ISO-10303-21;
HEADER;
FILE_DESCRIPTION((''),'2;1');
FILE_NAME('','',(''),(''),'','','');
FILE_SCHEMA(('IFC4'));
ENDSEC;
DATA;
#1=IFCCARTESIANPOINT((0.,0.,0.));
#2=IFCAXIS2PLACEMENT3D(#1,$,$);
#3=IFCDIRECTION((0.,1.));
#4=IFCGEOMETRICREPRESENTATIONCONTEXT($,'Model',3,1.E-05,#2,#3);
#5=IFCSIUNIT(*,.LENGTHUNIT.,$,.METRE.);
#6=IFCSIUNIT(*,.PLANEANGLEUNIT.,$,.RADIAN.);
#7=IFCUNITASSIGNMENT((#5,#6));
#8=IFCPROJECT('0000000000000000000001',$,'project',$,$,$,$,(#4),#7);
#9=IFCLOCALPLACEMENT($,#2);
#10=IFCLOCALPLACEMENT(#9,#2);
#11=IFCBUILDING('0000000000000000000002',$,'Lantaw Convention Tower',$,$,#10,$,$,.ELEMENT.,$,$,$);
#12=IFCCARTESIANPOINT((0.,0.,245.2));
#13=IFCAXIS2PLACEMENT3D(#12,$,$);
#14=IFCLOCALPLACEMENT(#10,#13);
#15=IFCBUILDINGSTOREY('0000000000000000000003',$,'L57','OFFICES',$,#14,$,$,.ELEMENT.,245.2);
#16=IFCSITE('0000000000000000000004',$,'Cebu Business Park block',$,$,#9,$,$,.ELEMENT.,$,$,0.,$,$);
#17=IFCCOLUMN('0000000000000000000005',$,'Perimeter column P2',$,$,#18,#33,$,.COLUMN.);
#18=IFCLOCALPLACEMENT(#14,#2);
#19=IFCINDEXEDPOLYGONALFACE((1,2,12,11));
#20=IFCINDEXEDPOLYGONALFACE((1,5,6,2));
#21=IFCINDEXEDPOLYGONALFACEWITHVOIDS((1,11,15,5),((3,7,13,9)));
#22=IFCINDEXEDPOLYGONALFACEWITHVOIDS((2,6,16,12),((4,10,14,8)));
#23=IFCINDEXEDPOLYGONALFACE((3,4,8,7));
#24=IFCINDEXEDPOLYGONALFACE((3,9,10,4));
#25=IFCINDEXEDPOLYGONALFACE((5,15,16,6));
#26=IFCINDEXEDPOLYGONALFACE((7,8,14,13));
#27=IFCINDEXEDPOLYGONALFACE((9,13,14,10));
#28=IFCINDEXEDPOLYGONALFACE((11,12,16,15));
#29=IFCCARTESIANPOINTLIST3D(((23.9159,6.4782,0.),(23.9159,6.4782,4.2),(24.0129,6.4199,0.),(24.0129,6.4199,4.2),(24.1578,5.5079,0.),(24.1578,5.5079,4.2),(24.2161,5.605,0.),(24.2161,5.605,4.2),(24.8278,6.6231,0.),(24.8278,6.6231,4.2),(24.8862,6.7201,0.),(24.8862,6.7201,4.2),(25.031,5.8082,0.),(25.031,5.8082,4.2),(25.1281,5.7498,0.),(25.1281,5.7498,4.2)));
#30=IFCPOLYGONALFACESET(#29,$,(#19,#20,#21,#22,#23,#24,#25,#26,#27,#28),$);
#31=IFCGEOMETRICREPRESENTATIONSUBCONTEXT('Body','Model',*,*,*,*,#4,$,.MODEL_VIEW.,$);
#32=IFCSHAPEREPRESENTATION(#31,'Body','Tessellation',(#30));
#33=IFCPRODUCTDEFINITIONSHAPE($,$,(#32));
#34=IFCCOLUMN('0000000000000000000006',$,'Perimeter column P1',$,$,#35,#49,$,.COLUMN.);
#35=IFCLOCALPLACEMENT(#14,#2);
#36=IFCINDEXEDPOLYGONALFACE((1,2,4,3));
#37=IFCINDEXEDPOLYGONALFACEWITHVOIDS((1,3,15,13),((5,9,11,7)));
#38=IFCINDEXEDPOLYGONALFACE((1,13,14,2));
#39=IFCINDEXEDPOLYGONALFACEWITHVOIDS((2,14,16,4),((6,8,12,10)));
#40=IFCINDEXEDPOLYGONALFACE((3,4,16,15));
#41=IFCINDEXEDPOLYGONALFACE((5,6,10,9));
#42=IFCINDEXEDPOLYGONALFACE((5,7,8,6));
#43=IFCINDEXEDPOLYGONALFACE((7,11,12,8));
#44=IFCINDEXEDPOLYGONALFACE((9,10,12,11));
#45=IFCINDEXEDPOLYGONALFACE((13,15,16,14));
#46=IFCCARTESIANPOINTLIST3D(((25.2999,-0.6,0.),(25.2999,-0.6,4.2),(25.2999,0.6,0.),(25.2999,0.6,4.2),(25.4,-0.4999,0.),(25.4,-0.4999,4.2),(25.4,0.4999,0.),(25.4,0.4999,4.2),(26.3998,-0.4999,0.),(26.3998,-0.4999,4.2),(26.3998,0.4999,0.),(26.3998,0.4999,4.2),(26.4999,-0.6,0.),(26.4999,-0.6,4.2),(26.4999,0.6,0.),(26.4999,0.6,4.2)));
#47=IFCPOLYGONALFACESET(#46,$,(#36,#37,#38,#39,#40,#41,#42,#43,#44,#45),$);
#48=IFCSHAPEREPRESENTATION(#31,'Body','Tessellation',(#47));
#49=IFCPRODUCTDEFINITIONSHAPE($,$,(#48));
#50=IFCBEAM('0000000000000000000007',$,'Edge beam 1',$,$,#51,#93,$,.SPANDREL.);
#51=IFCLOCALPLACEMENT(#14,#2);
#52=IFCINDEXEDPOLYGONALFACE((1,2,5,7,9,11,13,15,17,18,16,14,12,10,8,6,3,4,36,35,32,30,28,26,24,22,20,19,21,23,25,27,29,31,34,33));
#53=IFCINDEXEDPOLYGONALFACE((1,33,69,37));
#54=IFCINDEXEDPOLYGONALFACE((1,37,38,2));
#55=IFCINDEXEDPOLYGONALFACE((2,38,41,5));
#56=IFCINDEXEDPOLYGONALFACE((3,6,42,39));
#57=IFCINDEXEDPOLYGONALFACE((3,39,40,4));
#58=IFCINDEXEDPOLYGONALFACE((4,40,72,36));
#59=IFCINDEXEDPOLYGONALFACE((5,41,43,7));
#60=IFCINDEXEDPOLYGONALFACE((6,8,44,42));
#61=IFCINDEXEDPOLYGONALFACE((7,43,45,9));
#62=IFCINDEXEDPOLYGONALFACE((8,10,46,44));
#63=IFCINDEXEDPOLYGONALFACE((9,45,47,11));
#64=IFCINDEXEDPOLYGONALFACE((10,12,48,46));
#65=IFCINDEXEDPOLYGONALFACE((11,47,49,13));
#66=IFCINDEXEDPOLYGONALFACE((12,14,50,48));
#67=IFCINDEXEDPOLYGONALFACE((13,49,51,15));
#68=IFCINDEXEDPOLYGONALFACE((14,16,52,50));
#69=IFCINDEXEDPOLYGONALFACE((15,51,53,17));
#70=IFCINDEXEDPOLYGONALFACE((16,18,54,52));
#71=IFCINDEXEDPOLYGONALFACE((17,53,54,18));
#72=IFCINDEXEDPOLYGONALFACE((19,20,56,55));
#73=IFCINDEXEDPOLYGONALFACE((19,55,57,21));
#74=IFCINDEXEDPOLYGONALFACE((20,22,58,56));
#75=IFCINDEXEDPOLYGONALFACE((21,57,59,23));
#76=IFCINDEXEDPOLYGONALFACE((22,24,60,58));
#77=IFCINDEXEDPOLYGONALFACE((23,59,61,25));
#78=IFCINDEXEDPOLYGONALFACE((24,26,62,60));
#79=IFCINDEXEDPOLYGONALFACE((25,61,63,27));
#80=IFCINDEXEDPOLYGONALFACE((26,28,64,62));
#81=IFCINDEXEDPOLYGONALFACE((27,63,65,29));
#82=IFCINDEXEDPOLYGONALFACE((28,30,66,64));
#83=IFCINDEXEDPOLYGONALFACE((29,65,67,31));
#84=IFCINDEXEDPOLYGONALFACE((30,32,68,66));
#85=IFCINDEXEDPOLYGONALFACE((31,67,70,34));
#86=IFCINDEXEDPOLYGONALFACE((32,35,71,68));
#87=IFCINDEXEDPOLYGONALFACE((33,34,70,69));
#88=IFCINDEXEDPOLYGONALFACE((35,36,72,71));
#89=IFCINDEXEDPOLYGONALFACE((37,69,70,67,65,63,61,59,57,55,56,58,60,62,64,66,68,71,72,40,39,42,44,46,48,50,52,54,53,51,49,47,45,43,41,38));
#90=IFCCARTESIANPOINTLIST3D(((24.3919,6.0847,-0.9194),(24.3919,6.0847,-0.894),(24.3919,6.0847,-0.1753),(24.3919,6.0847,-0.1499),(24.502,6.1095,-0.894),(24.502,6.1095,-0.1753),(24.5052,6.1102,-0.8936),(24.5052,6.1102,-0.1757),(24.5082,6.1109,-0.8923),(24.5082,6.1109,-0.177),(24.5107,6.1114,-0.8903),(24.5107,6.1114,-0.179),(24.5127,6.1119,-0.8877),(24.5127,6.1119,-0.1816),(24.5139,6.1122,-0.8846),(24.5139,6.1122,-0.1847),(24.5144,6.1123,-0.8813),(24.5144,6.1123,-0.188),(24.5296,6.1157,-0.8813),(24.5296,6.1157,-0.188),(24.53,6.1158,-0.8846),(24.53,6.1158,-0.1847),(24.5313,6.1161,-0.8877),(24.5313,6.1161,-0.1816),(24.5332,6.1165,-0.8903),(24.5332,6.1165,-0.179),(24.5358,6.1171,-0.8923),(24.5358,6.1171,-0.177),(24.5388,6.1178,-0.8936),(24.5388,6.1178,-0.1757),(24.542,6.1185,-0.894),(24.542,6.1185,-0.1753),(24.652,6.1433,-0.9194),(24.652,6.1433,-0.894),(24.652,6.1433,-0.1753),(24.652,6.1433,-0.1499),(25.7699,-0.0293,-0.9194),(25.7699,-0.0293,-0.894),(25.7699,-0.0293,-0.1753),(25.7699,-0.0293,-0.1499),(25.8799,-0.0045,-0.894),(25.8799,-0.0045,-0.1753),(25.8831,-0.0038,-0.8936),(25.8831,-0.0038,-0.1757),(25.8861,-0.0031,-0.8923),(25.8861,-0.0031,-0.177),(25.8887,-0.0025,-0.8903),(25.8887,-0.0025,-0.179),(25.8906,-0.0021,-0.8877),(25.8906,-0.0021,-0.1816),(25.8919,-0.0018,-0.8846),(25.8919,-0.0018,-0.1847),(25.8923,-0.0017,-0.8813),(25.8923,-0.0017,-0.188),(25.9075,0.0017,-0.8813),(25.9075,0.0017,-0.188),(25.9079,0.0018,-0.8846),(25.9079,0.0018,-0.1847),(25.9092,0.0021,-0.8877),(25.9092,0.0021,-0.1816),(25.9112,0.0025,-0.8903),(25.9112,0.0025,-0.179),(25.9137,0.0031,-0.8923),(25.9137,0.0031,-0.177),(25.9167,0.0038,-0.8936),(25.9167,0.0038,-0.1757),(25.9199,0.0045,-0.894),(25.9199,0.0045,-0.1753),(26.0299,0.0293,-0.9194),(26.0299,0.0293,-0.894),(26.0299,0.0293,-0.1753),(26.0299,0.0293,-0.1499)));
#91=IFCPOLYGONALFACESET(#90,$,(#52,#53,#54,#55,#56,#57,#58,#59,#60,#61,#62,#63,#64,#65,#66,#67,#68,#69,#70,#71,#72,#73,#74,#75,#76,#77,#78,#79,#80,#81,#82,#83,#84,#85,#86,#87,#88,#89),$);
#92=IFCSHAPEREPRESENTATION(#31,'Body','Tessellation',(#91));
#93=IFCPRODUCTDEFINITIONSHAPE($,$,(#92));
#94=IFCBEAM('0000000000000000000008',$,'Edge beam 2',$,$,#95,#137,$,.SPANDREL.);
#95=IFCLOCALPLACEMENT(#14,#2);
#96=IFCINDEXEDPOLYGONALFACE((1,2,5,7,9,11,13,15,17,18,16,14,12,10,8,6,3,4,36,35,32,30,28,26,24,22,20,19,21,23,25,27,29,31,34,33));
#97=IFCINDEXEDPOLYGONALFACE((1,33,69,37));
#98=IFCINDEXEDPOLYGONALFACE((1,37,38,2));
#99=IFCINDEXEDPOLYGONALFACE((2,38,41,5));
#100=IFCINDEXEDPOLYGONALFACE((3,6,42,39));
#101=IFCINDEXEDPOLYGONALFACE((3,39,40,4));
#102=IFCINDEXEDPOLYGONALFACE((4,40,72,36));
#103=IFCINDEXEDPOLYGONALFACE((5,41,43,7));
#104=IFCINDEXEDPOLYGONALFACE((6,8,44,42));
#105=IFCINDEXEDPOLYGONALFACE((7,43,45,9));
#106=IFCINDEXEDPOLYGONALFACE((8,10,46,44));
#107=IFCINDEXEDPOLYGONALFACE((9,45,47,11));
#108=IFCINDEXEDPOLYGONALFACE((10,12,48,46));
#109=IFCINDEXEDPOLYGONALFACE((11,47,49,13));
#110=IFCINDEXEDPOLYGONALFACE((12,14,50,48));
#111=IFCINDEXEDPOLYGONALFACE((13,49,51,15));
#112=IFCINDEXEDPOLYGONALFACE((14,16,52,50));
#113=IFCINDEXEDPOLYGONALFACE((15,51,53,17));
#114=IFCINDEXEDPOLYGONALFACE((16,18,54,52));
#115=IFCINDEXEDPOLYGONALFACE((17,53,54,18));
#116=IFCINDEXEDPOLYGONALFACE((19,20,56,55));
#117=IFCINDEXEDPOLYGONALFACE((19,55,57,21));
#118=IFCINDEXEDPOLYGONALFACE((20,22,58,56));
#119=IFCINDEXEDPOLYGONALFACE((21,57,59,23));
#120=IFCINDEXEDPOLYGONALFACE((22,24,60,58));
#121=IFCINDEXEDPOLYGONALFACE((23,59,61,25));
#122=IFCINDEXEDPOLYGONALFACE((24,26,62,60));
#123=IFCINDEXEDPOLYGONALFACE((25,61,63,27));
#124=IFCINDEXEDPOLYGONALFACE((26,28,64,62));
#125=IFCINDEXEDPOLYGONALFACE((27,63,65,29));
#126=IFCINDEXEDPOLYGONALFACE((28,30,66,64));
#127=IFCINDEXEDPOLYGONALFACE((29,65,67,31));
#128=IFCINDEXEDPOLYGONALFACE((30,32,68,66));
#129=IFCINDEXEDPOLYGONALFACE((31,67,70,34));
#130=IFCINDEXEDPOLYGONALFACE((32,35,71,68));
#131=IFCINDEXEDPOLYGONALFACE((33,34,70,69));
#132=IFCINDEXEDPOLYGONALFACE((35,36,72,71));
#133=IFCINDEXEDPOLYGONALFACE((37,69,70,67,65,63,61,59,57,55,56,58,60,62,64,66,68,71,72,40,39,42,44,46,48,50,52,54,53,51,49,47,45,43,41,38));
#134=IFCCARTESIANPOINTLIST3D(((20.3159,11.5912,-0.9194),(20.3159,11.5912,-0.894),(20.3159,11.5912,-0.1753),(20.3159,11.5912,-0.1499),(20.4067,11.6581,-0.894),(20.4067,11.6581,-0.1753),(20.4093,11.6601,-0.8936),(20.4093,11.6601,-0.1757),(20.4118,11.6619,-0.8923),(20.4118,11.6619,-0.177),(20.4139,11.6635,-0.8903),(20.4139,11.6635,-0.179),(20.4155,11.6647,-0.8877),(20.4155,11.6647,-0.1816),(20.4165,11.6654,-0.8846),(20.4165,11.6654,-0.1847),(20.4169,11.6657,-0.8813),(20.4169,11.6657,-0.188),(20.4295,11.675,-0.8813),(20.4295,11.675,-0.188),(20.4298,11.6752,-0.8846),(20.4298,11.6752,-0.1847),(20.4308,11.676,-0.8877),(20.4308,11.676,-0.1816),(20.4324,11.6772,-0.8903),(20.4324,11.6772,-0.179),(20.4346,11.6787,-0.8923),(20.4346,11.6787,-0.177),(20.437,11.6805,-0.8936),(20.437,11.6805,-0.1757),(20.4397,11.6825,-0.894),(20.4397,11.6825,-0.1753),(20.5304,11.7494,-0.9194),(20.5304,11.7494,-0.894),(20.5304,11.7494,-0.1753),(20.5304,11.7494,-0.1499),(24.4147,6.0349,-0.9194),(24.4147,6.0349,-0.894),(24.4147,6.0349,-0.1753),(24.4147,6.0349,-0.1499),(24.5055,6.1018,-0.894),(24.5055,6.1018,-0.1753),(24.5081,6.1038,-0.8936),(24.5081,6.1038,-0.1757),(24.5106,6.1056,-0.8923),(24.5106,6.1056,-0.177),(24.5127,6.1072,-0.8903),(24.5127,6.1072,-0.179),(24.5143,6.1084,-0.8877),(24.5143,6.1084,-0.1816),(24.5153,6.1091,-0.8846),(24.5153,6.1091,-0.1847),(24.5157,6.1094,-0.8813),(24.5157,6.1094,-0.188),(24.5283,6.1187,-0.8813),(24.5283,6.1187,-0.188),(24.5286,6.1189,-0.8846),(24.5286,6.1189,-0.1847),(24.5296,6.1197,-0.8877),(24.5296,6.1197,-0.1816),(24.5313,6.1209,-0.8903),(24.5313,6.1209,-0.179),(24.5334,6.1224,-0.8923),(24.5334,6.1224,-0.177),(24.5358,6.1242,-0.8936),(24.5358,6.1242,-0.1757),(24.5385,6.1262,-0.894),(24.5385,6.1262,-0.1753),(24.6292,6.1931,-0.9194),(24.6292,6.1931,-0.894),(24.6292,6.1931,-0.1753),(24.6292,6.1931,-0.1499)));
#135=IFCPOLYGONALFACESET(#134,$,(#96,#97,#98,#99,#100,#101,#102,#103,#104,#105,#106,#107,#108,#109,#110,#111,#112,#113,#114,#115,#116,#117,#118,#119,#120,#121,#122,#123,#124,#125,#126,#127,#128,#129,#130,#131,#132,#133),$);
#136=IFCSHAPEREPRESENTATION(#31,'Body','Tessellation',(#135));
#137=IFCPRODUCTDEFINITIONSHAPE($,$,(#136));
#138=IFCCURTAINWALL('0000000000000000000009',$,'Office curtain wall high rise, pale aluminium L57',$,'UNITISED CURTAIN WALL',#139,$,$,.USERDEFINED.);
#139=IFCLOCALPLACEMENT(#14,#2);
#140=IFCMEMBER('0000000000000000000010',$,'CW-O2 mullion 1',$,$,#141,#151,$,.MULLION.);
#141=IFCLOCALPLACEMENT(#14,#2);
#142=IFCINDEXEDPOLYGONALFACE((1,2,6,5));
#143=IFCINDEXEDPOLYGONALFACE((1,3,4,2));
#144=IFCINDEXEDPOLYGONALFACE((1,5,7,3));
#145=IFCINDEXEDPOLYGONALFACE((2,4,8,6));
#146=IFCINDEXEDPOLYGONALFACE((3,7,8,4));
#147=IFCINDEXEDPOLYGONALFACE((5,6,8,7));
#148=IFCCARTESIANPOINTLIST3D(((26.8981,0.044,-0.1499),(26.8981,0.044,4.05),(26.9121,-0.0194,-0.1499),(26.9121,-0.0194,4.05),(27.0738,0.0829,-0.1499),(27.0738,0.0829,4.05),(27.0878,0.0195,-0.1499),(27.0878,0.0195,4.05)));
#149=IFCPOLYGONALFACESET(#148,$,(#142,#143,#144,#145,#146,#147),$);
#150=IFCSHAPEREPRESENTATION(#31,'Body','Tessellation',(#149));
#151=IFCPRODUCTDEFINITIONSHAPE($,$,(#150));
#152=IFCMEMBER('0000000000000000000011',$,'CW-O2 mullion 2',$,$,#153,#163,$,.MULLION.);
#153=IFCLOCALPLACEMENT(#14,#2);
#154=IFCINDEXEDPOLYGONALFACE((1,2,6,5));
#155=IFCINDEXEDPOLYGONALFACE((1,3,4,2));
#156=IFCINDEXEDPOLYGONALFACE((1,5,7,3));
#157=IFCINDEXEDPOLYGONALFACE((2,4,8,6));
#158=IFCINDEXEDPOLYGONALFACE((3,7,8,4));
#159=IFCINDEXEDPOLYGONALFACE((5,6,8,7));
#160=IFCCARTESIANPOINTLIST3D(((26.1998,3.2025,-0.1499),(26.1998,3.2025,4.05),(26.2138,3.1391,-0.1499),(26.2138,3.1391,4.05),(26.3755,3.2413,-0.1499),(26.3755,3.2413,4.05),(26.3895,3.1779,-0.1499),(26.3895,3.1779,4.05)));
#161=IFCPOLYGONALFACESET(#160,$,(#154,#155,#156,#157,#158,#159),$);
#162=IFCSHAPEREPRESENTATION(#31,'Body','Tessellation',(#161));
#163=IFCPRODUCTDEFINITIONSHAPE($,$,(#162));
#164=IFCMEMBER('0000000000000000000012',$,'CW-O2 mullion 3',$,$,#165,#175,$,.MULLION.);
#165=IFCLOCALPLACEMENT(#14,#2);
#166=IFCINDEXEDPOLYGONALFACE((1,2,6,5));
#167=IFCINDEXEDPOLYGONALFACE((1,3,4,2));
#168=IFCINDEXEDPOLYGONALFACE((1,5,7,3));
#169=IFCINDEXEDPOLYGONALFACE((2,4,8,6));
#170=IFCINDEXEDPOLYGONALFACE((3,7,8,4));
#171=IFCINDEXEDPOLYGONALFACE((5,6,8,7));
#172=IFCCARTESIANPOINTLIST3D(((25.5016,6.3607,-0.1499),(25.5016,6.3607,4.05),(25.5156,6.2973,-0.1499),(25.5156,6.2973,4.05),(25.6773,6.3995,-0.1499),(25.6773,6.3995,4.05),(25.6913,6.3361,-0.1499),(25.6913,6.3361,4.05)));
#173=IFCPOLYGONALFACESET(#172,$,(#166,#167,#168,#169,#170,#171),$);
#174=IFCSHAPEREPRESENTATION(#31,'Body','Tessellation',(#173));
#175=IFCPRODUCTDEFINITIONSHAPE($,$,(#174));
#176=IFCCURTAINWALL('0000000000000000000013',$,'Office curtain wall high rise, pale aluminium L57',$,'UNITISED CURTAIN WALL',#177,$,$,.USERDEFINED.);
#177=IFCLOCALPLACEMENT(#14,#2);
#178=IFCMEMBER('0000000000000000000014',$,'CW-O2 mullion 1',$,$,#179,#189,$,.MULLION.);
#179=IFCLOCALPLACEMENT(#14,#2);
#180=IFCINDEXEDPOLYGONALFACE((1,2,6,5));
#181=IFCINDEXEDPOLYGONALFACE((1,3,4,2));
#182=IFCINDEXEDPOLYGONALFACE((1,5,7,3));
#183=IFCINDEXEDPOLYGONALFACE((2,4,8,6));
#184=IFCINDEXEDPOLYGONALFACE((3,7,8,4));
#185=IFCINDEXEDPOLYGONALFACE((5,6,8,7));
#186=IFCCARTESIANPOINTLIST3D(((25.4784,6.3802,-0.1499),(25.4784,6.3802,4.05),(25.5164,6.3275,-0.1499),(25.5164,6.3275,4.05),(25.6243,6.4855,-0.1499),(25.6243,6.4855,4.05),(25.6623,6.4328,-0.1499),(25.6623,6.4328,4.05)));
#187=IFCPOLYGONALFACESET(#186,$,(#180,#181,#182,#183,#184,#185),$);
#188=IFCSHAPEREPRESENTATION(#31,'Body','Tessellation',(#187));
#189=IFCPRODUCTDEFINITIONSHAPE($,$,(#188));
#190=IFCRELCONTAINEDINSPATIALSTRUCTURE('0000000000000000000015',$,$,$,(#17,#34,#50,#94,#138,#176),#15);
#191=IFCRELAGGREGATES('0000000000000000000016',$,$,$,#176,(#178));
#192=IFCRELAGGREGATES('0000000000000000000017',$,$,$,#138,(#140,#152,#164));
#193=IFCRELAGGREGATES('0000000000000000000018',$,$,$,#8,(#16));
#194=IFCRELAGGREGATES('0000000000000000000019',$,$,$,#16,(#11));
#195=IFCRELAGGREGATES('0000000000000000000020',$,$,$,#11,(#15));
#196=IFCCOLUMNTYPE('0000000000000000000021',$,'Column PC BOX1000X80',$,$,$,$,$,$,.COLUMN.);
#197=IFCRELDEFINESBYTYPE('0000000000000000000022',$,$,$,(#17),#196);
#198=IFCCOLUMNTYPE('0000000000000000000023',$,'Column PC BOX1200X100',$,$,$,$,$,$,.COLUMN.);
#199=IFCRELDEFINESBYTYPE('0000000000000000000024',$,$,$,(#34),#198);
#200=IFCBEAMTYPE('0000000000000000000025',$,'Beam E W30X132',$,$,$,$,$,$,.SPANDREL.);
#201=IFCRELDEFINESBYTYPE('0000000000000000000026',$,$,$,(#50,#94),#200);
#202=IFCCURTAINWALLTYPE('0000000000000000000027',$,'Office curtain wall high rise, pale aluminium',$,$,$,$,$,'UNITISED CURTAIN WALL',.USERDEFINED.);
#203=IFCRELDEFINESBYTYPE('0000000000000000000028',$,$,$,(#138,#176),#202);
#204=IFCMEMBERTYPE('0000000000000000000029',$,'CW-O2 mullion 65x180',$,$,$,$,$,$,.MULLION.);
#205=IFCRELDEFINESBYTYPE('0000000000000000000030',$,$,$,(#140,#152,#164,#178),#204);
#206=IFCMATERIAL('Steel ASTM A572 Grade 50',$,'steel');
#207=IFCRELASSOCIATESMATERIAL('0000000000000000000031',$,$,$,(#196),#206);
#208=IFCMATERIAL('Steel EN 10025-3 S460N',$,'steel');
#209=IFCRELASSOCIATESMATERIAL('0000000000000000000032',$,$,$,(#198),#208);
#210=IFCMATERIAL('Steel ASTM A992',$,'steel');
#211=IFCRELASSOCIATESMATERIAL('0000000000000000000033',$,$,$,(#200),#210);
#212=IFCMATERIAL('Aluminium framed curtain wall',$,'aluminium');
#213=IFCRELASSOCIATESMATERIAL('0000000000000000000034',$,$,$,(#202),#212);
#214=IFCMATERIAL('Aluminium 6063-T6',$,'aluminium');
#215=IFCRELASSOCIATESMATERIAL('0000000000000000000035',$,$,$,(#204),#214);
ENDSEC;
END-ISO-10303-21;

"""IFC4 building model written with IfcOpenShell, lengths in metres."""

from ifc_helpers import new_model, si_unit, direction, frame, origin, origin_2d, place, context, subcontext, project, spatial, rectangle, hollow_rectangle, i_section, extrude, material, material_profile, profile_set, type_object, element, aggregate, save


model = new_model("IFC4")

# Units and contexts
model_context = context("Model", 3, precision=1e-05, world=origin(), true_north=direction((0.0, 1.0)))
body_context = subcontext(model_context, "Body", "Model", "MODEL_VIEW")
ifc_project = project(units=[si_unit("LENGTHUNIT", "METRE"), si_unit("PLANEANGLEUNIT", "RADIAN")], contexts=[model_context])

# Site, building, storey
site_placement = place(None, origin())
site = spatial("IfcSite", under=ifc_project, at=site_placement, Name="Cebu Business Park block", CompositionType="ELEMENT", RefElevation=0.0)
building_placement = place(site_placement, origin())
building = spatial("IfcBuilding", under=site, at=building_placement, Name="Lantaw Convention Tower", CompositionType="ELEMENT")
storey_placement = place(building_placement, frame((0.0, 0.0, 245.2)))
storey = spatial("IfcBuildingStorey", under=building, at=storey_placement, Name="L57", Description="OFFICES", CompositionType="ELEMENT", Elevation=245.2)

# Columns
ifc_material_1 = material(Name="Steel ASTM A572 Grade 50", Category="steel")
ifc_material_profile_1 = material_profile(ifc_material_1, hollow_rectangle(XDim=1.0, YDim=1.0, WallThickness=0.0801, at=origin_2d()), Name="BOX1000X80")
ifc_material_2 = material(Name="Concrete C60/75", Category="concrete")
ifc_material_profile_2 = material_profile(ifc_material_2, rectangle(XDim=0.8401, YDim=0.8401, at=origin_2d()), Name="Concrete fill of BOX1000X80")
ifc_profile_set_1 = profile_set([ifc_material_profile_1, ifc_material_profile_2], Name="Steel ASTM A572 Grade 50")
column_type_1 = type_object("IfcColumnType", Name="Column PC BOX1000X80", PredefinedType="COLUMN", material=ifc_profile_set_1)
column_1_placement = place(storey_placement, frame((24.522, 6.114, 0.0), z_axis=(0.0, 0.0, 1.0), x_axis=(0.970296, 0.241922, 0.0)))
element("IfcColumn", 1, at=column_1_placement, inside=storey, type_object=column_type_1, Name="Perimeter column P2", PredefinedType="COLUMN", context=body_context, shape_type="SweptSolid", body=[
    extrude(hollow_rectangle(XDim=1.0, YDim=1.0, WallThickness=0.0801, at=origin_2d()), origin(), (0.0, 0.0, 1.0), 4.2),
])
ifc_material_3 = material(Name="Steel EN 10025-3 S460N", Category="steel")
ifc_material_profile_3 = material_profile(ifc_material_3, hollow_rectangle(XDim=1.2, YDim=1.2, WallThickness=0.1001, at=origin_2d()), Name="BOX1200X100")
ifc_material_profile_4 = material_profile(ifc_material_2, rectangle(XDim=1.0, YDim=1.0, at=origin_2d()), Name="Concrete fill of BOX1200X100")
ifc_profile_set_2 = profile_set([ifc_material_profile_3, ifc_material_profile_4], Name="Steel EN 10025-3 S460N")
column_type_2 = type_object("IfcColumnType", Name="Column PC BOX1200X100", PredefinedType="COLUMN", material=ifc_profile_set_2)
column_2_placement = place(storey_placement, frame((25.8999, 0.0, 0.0), z_axis=(0.0, 0.0, 1.0), x_axis=(1.0, 0.0, 0.0)))
element("IfcColumn", 2, at=column_2_placement, inside=storey, type_object=column_type_2, Name="Perimeter column P1", PredefinedType="COLUMN", context=body_context, shape_type="SweptSolid", body=[
    extrude(hollow_rectangle(XDim=1.2, YDim=1.2, WallThickness=0.1001, at=origin_2d()), origin(), (0.0, 0.0, 1.0), 4.2),
])

# Beams
ifc_material_4 = material(Name="Steel ASTM A992", Category="steel")
ifc_material_profile_5 = material_profile(ifc_material_4, i_section(OverallWidth=0.2666, OverallDepth=0.7695, WebThickness=0.0156, FlangeThickness=0.0254, FilletRadius=0.0127, at=origin_2d()), Name="W30X132")
ifc_profile_set_3 = profile_set([ifc_material_profile_5], Name="Steel ASTM A992")
beam_type = type_object("IfcBeamType", Name="Beam E W30X132", PredefinedType="SPANDREL", material=ifc_profile_set_3)
beam_1_placement = place(storey_placement, frame((25.8999, 0.0, -0.5347), z_axis=(-0.219858, 0.975532, 0.0), x_axis=(-0.975532, -0.219858, 0.0)))
element("IfcBeam", 3, at=beam_1_placement, inside=storey, type_object=beam_type, Name="Edge beam 1", PredefinedType="SPANDREL", context=body_context, shape_type="SweptSolid", body=[
    extrude(i_section(OverallWidth=0.2666, OverallDepth=0.7695, WebThickness=0.0156, FlangeThickness=0.0254, FilletRadius=0.0127, at=origin_2d()), origin(), (0.0, 0.0, 1.0), 6.2673),
])
beam_2_placement = place(storey_placement, frame((24.522, 6.114, -0.5347), z_axis=(-0.593639, 0.804731, 0.0), x_axis=(-0.804731, -0.593639, 0.0)))
element("IfcBeam", 4, at=beam_2_placement, inside=storey, type_object=beam_type, Name="Edge beam 2", PredefinedType="SPANDREL", context=body_context, shape_type="SweptSolid", body=[
    extrude(i_section(OverallWidth=0.2666, OverallDepth=0.7695, WebThickness=0.0156, FlangeThickness=0.0254, FilletRadius=0.0127, at=origin_2d()), origin(), (0.0, 0.0, 1.0), 6.9045),
])

# Curtain wall, members
ifc_material_5 = material(Name="Aluminium framed curtain wall", Category="aluminium")
curtain_wall_type = type_object("IfcCurtainWallType", Name="Office curtain wall high rise, pale aluminium", ElementType="UNITISED CURTAIN WALL", PredefinedType="USERDEFINED", material=ifc_material_5)
curtain_wall_1_placement = place(storey_placement, origin())
curtain_wall_1 = element("IfcCurtainWall", 5, at=curtain_wall_1_placement, inside=storey, type_object=curtain_wall_type, Name="Office curtain wall high rise, pale aluminium L57", ObjectType="UNITISED CURTAIN WALL", PredefinedType="USERDEFINED")
ifc_material_6 = material(Name="Aluminium 6063-T6", Category="aluminium")
ifc_material_profile_6 = material_profile(ifc_material_6, rectangle(XDim=0.1799, YDim=0.0649, at=origin_2d()), Name="CW-O2 mullion 65x180")
ifc_profile_set_4 = profile_set([ifc_material_profile_6], Name="Aluminium 6063-T6")
member_type_1 = type_object("IfcMemberType", Name="CW-O2 mullion 65x180", PredefinedType="MULLION", material=ifc_profile_set_4)
member_1_placement = place(storey_placement, frame((26.9929, 0.0317, -0.1499), z_axis=(0.0, 0.0, 1.0), x_axis=(-0.976417, -0.215891, 0.0)))
member_1 = element("IfcMember", 6, at=member_1_placement, type_object=member_type_1, Name="CW-O2 mullion 1", PredefinedType="MULLION", context=body_context, shape_type="SweptSolid", body=[
    extrude(rectangle(XDim=0.1799, YDim=0.0649, at=origin_2d()), origin(), (0.0, 0.0, 1.0), 4.2),
])
member_2_placement = place(storey_placement, frame((26.2947, 3.1902, -0.1499), z_axis=(0.0, 0.0, 1.0), x_axis=(-0.976417, -0.215891, 0.0)))
member_2 = element("IfcMember", 7, at=member_2_placement, type_object=member_type_1, Name="CW-O2 mullion 2", PredefinedType="MULLION", context=body_context, shape_type="SweptSolid", body=[
    extrude(rectangle(XDim=0.1799, YDim=0.0649, at=origin_2d()), origin(), (0.0, 0.0, 1.0), 4.2),
])
member_3_placement = place(storey_placement, frame((25.5964, 6.3484, -0.1499), z_axis=(0.0, 0.0, 1.0), x_axis=(-0.976417, -0.215891, 0.0)))
member_3 = element("IfcMember", 8, at=member_3_placement, type_object=member_type_1, Name="CW-O2 mullion 3", PredefinedType="MULLION", context=body_context, shape_type="SweptSolid", body=[
    extrude(rectangle(XDim=0.1799, YDim=0.0649, at=origin_2d()), origin(), (0.0, 0.0, 1.0), 4.2),
])

# Curtain wall, member
curtain_wall_2_placement = place(storey_placement, origin())
curtain_wall_2 = element("IfcCurtainWall", 9, at=curtain_wall_2_placement, inside=storey, type_object=curtain_wall_type, Name="Office curtain wall high rise, pale aluminium L57", ObjectType="UNITISED CURTAIN WALL", PredefinedType="USERDEFINED")
member_4_placement = place(storey_placement, frame((25.5703, 6.4065, -0.1499), z_axis=(0.0, 0.0, 1.0), x_axis=(-0.81092, -0.585158, 0.0)))
member_4 = element("IfcMember", 10, at=member_4_placement, type_object=member_type_1, Name="CW-O2 mullion 1", PredefinedType="MULLION", context=body_context, shape_type="SweptSolid", body=[
    extrude(rectangle(XDim=0.1799, YDim=0.0649, at=origin_2d()), origin(), (0.0, 0.0, 1.0), 4.2),
])

aggregate(curtain_wall_2, [member_4])

aggregate(curtain_wall_1, [member_1, member_2, member_3])

save(model, "model.ifc")
